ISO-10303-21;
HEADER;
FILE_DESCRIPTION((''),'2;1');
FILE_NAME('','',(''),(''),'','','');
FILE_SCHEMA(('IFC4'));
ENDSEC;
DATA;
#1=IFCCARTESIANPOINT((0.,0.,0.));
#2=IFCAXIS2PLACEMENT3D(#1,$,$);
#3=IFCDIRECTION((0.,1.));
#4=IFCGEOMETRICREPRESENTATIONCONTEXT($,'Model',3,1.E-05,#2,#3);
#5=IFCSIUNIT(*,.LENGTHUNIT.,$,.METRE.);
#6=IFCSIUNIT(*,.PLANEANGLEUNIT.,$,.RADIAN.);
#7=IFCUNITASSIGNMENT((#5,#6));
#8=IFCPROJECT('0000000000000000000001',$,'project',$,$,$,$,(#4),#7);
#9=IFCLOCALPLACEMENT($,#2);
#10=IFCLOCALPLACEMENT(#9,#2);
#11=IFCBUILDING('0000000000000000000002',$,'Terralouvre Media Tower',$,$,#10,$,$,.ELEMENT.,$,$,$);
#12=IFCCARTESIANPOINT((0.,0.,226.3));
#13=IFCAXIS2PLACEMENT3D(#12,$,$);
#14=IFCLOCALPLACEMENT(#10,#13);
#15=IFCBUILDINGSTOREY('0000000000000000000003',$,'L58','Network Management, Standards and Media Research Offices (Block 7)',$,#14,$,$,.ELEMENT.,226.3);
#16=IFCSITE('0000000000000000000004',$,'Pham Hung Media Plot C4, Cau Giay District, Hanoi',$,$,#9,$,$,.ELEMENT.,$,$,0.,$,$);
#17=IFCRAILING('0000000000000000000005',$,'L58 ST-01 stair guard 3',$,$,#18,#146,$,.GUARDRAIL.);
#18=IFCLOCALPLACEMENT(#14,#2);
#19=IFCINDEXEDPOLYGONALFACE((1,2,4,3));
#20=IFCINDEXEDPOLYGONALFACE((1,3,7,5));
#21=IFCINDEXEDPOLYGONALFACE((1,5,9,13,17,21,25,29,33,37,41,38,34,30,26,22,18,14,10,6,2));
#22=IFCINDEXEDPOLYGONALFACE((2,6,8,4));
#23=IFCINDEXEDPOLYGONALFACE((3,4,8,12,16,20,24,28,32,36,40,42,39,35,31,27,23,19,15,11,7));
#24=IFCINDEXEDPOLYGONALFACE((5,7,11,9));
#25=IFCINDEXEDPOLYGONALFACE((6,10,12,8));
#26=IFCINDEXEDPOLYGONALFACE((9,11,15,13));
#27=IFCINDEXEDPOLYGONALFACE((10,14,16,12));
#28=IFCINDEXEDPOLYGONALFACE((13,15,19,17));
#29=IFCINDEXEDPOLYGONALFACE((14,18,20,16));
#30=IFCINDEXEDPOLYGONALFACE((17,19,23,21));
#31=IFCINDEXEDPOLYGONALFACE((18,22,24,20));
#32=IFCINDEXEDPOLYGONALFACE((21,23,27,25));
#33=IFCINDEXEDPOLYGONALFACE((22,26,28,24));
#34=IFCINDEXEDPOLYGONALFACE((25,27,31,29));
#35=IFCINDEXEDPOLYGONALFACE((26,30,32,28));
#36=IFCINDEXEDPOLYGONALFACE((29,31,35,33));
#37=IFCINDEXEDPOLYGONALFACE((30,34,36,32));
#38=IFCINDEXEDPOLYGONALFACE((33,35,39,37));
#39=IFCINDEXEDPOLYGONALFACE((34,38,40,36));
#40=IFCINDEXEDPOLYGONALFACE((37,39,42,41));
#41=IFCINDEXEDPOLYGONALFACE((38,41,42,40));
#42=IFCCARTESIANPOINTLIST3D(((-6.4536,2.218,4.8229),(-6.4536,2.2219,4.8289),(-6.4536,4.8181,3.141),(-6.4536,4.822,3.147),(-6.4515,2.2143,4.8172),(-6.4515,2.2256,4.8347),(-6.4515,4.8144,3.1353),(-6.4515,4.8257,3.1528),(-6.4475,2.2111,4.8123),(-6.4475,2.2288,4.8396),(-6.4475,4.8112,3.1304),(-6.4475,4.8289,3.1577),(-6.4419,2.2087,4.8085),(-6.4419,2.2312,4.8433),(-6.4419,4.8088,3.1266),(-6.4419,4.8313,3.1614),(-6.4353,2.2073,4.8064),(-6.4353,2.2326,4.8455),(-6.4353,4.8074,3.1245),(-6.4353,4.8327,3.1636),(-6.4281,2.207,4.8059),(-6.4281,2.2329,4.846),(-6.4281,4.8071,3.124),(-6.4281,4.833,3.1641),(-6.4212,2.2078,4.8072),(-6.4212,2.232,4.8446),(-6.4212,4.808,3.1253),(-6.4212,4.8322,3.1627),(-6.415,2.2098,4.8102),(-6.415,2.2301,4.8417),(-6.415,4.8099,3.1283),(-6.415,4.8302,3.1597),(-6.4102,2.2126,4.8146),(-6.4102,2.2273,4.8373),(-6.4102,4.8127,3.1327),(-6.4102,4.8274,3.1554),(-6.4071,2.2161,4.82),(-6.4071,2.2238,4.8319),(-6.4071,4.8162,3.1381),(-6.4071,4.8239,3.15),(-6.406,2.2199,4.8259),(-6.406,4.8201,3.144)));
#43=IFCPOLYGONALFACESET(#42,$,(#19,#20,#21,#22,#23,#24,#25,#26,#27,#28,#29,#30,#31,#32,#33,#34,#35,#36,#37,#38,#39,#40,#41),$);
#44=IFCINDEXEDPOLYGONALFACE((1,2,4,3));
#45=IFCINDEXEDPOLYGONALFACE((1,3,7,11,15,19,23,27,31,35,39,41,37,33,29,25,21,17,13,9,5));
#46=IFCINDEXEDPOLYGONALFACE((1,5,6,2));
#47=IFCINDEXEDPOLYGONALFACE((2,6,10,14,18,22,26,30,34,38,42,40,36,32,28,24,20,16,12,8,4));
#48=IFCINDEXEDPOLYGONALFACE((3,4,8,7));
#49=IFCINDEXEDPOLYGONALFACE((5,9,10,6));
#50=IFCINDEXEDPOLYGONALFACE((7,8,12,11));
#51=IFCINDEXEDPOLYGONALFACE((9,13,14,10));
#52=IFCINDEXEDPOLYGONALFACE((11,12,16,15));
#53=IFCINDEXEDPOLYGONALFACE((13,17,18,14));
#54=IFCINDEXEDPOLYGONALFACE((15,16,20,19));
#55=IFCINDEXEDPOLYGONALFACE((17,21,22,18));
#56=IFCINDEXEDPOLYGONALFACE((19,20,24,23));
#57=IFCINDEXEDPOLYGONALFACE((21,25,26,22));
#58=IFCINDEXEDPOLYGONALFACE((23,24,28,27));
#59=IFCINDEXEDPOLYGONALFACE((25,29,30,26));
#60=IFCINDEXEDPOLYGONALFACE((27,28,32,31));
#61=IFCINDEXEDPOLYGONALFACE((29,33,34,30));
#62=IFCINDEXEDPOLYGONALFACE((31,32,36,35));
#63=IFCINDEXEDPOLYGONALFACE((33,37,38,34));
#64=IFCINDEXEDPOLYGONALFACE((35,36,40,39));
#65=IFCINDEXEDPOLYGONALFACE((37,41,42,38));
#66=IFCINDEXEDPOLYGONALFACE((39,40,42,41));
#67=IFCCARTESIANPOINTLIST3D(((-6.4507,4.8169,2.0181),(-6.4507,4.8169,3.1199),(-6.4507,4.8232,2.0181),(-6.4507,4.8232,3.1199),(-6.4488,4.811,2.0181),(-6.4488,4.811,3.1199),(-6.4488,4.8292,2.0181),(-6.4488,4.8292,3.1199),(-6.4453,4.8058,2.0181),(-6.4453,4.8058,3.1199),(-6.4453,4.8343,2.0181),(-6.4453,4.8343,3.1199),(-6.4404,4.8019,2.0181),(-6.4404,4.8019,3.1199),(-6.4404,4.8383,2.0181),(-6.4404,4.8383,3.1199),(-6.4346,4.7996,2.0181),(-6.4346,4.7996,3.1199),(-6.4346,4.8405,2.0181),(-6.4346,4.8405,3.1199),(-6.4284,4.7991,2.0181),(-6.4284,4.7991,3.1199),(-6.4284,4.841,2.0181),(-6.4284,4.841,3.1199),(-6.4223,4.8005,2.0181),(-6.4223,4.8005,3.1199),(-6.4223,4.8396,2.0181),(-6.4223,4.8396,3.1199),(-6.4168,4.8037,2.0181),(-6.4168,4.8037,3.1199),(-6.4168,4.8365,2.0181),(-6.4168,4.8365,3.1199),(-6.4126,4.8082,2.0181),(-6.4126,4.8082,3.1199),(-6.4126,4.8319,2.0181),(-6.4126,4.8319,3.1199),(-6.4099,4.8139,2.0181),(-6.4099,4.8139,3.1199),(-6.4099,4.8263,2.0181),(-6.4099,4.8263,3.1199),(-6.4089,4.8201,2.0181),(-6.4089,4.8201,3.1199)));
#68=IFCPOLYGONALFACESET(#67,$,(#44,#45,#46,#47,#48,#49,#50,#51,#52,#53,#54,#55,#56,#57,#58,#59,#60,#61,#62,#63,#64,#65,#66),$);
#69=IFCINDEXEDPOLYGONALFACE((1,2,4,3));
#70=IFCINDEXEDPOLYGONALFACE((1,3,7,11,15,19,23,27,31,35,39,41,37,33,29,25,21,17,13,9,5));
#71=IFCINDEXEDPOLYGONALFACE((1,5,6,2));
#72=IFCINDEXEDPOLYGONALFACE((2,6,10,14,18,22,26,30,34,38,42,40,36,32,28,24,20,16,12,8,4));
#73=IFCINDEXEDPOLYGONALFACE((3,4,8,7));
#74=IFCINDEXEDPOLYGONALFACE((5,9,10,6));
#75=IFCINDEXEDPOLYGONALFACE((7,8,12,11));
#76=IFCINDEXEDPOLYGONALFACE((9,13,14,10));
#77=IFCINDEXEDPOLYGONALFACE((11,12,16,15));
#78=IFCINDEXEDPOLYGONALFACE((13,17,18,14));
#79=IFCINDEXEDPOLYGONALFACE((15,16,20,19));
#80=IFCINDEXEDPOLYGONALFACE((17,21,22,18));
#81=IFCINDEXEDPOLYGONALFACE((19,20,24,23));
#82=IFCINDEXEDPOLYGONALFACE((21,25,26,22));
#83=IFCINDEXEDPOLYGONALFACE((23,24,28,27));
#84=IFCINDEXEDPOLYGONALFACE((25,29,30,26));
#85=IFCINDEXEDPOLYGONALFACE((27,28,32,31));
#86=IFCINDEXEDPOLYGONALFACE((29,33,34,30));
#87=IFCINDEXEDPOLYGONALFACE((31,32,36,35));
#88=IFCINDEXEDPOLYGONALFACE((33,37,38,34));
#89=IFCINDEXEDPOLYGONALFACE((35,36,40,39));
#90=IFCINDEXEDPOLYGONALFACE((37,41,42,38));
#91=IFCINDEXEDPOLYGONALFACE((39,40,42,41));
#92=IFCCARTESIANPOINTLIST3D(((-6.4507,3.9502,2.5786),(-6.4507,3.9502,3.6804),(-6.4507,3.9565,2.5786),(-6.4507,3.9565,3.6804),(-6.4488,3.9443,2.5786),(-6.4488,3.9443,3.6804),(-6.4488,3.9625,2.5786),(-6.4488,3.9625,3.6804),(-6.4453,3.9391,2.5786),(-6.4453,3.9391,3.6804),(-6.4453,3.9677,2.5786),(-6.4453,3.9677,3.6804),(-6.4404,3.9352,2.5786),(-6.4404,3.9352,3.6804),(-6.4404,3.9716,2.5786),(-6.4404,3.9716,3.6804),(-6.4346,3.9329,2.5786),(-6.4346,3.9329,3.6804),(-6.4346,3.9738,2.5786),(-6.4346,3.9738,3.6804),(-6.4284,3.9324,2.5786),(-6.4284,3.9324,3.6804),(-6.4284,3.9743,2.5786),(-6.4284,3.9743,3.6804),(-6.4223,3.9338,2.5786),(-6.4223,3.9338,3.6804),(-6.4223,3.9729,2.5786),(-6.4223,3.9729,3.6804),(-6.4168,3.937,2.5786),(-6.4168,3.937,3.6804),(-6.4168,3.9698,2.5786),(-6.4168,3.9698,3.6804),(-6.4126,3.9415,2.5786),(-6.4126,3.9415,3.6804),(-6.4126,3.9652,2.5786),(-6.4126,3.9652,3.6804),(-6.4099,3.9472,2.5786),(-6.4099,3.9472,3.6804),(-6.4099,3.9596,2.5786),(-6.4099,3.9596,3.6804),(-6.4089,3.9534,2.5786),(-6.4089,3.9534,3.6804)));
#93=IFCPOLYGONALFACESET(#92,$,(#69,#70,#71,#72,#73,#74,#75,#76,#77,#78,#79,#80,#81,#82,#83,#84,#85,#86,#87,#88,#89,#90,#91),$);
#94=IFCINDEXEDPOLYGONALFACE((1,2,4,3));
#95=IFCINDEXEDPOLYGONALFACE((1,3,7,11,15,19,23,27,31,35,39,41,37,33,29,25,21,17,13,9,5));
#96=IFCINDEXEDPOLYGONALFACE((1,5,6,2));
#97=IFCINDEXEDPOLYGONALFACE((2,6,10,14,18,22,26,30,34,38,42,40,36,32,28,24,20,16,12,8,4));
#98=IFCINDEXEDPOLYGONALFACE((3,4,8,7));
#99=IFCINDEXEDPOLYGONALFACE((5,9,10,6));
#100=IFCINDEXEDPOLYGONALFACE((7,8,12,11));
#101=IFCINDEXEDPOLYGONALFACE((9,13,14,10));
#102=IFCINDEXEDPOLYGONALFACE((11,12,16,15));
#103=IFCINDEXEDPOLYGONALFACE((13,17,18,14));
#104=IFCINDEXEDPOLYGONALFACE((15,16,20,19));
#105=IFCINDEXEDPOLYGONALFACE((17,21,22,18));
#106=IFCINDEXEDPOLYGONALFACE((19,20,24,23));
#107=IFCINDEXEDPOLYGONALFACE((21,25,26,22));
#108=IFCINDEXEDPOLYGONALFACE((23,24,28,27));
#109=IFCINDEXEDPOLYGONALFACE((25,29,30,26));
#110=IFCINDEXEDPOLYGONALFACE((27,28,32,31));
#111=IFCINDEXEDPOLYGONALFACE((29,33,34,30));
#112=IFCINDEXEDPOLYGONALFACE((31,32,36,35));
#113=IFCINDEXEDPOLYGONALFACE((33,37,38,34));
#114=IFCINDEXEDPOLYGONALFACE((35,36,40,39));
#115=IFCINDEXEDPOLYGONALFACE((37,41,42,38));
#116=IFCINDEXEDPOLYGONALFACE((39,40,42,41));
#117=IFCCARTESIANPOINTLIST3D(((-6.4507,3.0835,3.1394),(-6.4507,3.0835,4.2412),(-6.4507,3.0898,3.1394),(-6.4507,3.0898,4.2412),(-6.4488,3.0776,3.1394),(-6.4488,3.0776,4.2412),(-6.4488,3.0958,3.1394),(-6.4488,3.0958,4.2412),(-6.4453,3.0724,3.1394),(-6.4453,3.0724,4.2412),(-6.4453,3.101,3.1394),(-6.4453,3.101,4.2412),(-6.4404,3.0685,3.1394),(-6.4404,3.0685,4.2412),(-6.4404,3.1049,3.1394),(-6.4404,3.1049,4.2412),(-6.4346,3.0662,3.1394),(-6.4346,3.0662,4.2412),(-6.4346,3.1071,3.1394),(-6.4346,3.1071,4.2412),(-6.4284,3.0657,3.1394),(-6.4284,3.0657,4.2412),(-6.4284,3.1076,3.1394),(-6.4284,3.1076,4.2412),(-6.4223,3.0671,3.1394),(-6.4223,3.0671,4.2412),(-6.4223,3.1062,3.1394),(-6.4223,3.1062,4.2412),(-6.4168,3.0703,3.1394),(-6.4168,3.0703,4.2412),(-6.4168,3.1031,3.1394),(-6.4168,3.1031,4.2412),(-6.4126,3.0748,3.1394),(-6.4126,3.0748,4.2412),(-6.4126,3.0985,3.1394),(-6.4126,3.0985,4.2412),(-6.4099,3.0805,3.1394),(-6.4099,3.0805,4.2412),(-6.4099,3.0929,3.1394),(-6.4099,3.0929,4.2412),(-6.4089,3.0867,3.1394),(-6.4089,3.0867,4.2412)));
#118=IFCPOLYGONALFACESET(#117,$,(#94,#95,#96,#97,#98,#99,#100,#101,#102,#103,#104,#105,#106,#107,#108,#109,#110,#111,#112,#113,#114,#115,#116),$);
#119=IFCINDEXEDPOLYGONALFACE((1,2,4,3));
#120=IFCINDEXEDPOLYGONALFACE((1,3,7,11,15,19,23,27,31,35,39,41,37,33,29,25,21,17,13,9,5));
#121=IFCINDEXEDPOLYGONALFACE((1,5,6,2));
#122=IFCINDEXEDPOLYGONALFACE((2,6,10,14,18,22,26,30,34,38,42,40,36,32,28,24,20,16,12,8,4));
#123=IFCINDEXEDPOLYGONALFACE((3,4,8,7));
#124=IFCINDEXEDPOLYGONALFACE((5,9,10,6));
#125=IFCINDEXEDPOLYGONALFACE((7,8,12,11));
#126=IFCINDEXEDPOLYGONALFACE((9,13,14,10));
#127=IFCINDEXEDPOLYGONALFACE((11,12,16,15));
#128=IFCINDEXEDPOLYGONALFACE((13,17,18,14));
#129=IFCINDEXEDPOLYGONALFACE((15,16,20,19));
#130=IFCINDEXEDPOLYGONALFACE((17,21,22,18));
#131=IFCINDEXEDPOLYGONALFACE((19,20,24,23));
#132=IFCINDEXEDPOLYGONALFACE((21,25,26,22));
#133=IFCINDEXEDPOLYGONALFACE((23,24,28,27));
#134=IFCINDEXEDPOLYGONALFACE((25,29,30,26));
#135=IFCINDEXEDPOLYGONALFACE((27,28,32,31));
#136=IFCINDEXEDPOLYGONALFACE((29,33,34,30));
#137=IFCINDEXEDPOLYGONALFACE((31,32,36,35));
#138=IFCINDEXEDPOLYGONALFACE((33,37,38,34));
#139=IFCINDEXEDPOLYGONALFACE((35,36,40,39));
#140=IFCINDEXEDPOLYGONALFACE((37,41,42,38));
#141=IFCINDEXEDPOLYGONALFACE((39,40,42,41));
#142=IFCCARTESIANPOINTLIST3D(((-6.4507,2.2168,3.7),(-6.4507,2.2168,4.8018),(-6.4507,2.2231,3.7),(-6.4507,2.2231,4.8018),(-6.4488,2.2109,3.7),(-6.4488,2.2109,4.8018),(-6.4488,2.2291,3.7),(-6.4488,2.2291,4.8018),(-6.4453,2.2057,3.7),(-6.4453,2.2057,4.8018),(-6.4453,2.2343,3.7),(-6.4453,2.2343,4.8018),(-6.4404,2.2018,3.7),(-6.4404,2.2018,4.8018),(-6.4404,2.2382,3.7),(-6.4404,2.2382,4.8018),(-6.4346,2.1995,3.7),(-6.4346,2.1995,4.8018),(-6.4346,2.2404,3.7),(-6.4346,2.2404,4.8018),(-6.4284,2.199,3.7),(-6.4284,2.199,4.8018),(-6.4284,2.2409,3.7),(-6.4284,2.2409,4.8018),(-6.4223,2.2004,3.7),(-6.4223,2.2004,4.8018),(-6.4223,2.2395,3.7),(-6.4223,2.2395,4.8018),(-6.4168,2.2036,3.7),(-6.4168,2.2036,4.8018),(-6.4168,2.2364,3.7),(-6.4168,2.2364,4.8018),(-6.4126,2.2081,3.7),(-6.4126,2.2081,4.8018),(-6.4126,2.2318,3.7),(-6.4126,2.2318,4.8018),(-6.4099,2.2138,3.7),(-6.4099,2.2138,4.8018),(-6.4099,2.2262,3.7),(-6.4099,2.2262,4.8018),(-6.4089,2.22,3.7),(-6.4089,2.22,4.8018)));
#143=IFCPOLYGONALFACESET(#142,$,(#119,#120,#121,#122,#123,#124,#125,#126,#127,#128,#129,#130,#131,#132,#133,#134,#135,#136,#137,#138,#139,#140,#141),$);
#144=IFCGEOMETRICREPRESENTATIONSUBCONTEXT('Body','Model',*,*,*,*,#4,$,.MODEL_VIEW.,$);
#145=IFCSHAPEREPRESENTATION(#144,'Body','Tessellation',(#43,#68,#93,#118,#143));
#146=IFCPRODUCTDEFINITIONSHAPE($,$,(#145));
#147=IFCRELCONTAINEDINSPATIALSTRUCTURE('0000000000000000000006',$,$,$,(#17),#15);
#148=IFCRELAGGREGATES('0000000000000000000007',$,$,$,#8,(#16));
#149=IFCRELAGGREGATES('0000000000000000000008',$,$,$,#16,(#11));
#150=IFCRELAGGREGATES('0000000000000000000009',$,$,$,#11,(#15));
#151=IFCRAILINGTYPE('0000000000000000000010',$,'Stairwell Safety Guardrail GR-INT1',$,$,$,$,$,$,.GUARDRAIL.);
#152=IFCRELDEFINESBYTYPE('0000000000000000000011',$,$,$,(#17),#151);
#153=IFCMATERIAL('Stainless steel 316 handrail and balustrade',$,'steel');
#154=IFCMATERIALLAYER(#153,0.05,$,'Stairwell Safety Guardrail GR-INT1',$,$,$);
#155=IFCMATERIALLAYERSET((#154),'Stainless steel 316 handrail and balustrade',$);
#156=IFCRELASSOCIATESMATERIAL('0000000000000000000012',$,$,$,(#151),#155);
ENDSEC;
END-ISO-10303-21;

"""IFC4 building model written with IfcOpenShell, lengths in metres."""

from ifc_helpers import new_model, si_unit, direction, frame, origin, origin_2d, place, context, subcontext, project, spatial, circle, extrude, material, layer, layer_set, type_object, element, save


model = new_model("IFC4")

# Units and contexts
model_context = context("Model", 3, precision=1e-05, world=origin(), true_north=direction((0.0, 1.0)))
body_context = subcontext(model_context, "Body", "Model", "MODEL_VIEW")
ifc_project = project(units=[si_unit("LENGTHUNIT", "METRE"), si_unit("PLANEANGLEUNIT", "RADIAN")], contexts=[model_context])

# Site, building, storey
site_placement = place(None, origin())
site = spatial("IfcSite", under=ifc_project, at=site_placement, Name="Pham Hung Media Plot C4, Cau Giay District, Hanoi", CompositionType="ELEMENT", RefElevation=0.0)
building_placement = place(site_placement, origin())
building = spatial("IfcBuilding", under=site, at=building_placement, Name="Terralouvre Media Tower", CompositionType="ELEMENT")
storey_placement = place(building_placement, frame((0.0, 0.0, 226.3)))
storey = spatial("IfcBuildingStorey", under=building, at=storey_placement, Name="L58", Description="Network Management, Standards and Media Research Offices (Block 7)", CompositionType="ELEMENT", Elevation=226.3)

# Railing
ifc_material_1 = material(Name="Stainless steel 316 handrail and balustrade", Category="steel")
ifc_layer_1 = layer(ifc_material_1, 0.05, Name="Stairwell Safety Guardrail GR-INT1")
ifc_layer_set_1 = layer_set([ifc_layer_1], Name="Stainless steel 316 handrail and balustrade")
railing_type_1 = type_object("IfcRailingType", Name="Stairwell Safety Guardrail GR-INT1", PredefinedType="GUARDRAIL", material=ifc_layer_set_1)
railing_1_placement = place(storey_placement, frame((-6.4299, 4.8201, 2.0181)))
element("IfcRailing", 1, at=railing_1_placement, inside=storey, type_object=railing_type_1, Name="L58 ST-01 stair guard 3", PredefinedType="GUARDRAIL", context=body_context, shape_type="SweptSolid", body=[
    extrude(circle(Radius=0.0239, at=origin_2d()), frame((0.0, 0.0, 1.126), z_axis=(0.0, -0.839648, 0.54313), x_axis=(1.0, 0.0, 0.0)), (0.0, 0.0, 1.0), 3.0967),
    extrude(circle(Radius=0.021, at=origin_2d()), origin(), (0.0, 0.0, 1.0), 1.1018),
    extrude(circle(Radius=0.021, at=origin_2d()), frame((0.0, -0.8667, 0.5605)), (0.0, 0.0, 1.0), 1.1018),
    extrude(circle(Radius=0.021, at=origin_2d()), frame((0.0, -1.7334, 1.1213)), (0.0, 0.0, 1.0), 1.1018),
    extrude(circle(Radius=0.021, at=origin_2d()), frame((0.0, -2.6001, 1.6819)), (0.0, 0.0, 1.0), 1.1018),
])

save(model, "model.ifc")
